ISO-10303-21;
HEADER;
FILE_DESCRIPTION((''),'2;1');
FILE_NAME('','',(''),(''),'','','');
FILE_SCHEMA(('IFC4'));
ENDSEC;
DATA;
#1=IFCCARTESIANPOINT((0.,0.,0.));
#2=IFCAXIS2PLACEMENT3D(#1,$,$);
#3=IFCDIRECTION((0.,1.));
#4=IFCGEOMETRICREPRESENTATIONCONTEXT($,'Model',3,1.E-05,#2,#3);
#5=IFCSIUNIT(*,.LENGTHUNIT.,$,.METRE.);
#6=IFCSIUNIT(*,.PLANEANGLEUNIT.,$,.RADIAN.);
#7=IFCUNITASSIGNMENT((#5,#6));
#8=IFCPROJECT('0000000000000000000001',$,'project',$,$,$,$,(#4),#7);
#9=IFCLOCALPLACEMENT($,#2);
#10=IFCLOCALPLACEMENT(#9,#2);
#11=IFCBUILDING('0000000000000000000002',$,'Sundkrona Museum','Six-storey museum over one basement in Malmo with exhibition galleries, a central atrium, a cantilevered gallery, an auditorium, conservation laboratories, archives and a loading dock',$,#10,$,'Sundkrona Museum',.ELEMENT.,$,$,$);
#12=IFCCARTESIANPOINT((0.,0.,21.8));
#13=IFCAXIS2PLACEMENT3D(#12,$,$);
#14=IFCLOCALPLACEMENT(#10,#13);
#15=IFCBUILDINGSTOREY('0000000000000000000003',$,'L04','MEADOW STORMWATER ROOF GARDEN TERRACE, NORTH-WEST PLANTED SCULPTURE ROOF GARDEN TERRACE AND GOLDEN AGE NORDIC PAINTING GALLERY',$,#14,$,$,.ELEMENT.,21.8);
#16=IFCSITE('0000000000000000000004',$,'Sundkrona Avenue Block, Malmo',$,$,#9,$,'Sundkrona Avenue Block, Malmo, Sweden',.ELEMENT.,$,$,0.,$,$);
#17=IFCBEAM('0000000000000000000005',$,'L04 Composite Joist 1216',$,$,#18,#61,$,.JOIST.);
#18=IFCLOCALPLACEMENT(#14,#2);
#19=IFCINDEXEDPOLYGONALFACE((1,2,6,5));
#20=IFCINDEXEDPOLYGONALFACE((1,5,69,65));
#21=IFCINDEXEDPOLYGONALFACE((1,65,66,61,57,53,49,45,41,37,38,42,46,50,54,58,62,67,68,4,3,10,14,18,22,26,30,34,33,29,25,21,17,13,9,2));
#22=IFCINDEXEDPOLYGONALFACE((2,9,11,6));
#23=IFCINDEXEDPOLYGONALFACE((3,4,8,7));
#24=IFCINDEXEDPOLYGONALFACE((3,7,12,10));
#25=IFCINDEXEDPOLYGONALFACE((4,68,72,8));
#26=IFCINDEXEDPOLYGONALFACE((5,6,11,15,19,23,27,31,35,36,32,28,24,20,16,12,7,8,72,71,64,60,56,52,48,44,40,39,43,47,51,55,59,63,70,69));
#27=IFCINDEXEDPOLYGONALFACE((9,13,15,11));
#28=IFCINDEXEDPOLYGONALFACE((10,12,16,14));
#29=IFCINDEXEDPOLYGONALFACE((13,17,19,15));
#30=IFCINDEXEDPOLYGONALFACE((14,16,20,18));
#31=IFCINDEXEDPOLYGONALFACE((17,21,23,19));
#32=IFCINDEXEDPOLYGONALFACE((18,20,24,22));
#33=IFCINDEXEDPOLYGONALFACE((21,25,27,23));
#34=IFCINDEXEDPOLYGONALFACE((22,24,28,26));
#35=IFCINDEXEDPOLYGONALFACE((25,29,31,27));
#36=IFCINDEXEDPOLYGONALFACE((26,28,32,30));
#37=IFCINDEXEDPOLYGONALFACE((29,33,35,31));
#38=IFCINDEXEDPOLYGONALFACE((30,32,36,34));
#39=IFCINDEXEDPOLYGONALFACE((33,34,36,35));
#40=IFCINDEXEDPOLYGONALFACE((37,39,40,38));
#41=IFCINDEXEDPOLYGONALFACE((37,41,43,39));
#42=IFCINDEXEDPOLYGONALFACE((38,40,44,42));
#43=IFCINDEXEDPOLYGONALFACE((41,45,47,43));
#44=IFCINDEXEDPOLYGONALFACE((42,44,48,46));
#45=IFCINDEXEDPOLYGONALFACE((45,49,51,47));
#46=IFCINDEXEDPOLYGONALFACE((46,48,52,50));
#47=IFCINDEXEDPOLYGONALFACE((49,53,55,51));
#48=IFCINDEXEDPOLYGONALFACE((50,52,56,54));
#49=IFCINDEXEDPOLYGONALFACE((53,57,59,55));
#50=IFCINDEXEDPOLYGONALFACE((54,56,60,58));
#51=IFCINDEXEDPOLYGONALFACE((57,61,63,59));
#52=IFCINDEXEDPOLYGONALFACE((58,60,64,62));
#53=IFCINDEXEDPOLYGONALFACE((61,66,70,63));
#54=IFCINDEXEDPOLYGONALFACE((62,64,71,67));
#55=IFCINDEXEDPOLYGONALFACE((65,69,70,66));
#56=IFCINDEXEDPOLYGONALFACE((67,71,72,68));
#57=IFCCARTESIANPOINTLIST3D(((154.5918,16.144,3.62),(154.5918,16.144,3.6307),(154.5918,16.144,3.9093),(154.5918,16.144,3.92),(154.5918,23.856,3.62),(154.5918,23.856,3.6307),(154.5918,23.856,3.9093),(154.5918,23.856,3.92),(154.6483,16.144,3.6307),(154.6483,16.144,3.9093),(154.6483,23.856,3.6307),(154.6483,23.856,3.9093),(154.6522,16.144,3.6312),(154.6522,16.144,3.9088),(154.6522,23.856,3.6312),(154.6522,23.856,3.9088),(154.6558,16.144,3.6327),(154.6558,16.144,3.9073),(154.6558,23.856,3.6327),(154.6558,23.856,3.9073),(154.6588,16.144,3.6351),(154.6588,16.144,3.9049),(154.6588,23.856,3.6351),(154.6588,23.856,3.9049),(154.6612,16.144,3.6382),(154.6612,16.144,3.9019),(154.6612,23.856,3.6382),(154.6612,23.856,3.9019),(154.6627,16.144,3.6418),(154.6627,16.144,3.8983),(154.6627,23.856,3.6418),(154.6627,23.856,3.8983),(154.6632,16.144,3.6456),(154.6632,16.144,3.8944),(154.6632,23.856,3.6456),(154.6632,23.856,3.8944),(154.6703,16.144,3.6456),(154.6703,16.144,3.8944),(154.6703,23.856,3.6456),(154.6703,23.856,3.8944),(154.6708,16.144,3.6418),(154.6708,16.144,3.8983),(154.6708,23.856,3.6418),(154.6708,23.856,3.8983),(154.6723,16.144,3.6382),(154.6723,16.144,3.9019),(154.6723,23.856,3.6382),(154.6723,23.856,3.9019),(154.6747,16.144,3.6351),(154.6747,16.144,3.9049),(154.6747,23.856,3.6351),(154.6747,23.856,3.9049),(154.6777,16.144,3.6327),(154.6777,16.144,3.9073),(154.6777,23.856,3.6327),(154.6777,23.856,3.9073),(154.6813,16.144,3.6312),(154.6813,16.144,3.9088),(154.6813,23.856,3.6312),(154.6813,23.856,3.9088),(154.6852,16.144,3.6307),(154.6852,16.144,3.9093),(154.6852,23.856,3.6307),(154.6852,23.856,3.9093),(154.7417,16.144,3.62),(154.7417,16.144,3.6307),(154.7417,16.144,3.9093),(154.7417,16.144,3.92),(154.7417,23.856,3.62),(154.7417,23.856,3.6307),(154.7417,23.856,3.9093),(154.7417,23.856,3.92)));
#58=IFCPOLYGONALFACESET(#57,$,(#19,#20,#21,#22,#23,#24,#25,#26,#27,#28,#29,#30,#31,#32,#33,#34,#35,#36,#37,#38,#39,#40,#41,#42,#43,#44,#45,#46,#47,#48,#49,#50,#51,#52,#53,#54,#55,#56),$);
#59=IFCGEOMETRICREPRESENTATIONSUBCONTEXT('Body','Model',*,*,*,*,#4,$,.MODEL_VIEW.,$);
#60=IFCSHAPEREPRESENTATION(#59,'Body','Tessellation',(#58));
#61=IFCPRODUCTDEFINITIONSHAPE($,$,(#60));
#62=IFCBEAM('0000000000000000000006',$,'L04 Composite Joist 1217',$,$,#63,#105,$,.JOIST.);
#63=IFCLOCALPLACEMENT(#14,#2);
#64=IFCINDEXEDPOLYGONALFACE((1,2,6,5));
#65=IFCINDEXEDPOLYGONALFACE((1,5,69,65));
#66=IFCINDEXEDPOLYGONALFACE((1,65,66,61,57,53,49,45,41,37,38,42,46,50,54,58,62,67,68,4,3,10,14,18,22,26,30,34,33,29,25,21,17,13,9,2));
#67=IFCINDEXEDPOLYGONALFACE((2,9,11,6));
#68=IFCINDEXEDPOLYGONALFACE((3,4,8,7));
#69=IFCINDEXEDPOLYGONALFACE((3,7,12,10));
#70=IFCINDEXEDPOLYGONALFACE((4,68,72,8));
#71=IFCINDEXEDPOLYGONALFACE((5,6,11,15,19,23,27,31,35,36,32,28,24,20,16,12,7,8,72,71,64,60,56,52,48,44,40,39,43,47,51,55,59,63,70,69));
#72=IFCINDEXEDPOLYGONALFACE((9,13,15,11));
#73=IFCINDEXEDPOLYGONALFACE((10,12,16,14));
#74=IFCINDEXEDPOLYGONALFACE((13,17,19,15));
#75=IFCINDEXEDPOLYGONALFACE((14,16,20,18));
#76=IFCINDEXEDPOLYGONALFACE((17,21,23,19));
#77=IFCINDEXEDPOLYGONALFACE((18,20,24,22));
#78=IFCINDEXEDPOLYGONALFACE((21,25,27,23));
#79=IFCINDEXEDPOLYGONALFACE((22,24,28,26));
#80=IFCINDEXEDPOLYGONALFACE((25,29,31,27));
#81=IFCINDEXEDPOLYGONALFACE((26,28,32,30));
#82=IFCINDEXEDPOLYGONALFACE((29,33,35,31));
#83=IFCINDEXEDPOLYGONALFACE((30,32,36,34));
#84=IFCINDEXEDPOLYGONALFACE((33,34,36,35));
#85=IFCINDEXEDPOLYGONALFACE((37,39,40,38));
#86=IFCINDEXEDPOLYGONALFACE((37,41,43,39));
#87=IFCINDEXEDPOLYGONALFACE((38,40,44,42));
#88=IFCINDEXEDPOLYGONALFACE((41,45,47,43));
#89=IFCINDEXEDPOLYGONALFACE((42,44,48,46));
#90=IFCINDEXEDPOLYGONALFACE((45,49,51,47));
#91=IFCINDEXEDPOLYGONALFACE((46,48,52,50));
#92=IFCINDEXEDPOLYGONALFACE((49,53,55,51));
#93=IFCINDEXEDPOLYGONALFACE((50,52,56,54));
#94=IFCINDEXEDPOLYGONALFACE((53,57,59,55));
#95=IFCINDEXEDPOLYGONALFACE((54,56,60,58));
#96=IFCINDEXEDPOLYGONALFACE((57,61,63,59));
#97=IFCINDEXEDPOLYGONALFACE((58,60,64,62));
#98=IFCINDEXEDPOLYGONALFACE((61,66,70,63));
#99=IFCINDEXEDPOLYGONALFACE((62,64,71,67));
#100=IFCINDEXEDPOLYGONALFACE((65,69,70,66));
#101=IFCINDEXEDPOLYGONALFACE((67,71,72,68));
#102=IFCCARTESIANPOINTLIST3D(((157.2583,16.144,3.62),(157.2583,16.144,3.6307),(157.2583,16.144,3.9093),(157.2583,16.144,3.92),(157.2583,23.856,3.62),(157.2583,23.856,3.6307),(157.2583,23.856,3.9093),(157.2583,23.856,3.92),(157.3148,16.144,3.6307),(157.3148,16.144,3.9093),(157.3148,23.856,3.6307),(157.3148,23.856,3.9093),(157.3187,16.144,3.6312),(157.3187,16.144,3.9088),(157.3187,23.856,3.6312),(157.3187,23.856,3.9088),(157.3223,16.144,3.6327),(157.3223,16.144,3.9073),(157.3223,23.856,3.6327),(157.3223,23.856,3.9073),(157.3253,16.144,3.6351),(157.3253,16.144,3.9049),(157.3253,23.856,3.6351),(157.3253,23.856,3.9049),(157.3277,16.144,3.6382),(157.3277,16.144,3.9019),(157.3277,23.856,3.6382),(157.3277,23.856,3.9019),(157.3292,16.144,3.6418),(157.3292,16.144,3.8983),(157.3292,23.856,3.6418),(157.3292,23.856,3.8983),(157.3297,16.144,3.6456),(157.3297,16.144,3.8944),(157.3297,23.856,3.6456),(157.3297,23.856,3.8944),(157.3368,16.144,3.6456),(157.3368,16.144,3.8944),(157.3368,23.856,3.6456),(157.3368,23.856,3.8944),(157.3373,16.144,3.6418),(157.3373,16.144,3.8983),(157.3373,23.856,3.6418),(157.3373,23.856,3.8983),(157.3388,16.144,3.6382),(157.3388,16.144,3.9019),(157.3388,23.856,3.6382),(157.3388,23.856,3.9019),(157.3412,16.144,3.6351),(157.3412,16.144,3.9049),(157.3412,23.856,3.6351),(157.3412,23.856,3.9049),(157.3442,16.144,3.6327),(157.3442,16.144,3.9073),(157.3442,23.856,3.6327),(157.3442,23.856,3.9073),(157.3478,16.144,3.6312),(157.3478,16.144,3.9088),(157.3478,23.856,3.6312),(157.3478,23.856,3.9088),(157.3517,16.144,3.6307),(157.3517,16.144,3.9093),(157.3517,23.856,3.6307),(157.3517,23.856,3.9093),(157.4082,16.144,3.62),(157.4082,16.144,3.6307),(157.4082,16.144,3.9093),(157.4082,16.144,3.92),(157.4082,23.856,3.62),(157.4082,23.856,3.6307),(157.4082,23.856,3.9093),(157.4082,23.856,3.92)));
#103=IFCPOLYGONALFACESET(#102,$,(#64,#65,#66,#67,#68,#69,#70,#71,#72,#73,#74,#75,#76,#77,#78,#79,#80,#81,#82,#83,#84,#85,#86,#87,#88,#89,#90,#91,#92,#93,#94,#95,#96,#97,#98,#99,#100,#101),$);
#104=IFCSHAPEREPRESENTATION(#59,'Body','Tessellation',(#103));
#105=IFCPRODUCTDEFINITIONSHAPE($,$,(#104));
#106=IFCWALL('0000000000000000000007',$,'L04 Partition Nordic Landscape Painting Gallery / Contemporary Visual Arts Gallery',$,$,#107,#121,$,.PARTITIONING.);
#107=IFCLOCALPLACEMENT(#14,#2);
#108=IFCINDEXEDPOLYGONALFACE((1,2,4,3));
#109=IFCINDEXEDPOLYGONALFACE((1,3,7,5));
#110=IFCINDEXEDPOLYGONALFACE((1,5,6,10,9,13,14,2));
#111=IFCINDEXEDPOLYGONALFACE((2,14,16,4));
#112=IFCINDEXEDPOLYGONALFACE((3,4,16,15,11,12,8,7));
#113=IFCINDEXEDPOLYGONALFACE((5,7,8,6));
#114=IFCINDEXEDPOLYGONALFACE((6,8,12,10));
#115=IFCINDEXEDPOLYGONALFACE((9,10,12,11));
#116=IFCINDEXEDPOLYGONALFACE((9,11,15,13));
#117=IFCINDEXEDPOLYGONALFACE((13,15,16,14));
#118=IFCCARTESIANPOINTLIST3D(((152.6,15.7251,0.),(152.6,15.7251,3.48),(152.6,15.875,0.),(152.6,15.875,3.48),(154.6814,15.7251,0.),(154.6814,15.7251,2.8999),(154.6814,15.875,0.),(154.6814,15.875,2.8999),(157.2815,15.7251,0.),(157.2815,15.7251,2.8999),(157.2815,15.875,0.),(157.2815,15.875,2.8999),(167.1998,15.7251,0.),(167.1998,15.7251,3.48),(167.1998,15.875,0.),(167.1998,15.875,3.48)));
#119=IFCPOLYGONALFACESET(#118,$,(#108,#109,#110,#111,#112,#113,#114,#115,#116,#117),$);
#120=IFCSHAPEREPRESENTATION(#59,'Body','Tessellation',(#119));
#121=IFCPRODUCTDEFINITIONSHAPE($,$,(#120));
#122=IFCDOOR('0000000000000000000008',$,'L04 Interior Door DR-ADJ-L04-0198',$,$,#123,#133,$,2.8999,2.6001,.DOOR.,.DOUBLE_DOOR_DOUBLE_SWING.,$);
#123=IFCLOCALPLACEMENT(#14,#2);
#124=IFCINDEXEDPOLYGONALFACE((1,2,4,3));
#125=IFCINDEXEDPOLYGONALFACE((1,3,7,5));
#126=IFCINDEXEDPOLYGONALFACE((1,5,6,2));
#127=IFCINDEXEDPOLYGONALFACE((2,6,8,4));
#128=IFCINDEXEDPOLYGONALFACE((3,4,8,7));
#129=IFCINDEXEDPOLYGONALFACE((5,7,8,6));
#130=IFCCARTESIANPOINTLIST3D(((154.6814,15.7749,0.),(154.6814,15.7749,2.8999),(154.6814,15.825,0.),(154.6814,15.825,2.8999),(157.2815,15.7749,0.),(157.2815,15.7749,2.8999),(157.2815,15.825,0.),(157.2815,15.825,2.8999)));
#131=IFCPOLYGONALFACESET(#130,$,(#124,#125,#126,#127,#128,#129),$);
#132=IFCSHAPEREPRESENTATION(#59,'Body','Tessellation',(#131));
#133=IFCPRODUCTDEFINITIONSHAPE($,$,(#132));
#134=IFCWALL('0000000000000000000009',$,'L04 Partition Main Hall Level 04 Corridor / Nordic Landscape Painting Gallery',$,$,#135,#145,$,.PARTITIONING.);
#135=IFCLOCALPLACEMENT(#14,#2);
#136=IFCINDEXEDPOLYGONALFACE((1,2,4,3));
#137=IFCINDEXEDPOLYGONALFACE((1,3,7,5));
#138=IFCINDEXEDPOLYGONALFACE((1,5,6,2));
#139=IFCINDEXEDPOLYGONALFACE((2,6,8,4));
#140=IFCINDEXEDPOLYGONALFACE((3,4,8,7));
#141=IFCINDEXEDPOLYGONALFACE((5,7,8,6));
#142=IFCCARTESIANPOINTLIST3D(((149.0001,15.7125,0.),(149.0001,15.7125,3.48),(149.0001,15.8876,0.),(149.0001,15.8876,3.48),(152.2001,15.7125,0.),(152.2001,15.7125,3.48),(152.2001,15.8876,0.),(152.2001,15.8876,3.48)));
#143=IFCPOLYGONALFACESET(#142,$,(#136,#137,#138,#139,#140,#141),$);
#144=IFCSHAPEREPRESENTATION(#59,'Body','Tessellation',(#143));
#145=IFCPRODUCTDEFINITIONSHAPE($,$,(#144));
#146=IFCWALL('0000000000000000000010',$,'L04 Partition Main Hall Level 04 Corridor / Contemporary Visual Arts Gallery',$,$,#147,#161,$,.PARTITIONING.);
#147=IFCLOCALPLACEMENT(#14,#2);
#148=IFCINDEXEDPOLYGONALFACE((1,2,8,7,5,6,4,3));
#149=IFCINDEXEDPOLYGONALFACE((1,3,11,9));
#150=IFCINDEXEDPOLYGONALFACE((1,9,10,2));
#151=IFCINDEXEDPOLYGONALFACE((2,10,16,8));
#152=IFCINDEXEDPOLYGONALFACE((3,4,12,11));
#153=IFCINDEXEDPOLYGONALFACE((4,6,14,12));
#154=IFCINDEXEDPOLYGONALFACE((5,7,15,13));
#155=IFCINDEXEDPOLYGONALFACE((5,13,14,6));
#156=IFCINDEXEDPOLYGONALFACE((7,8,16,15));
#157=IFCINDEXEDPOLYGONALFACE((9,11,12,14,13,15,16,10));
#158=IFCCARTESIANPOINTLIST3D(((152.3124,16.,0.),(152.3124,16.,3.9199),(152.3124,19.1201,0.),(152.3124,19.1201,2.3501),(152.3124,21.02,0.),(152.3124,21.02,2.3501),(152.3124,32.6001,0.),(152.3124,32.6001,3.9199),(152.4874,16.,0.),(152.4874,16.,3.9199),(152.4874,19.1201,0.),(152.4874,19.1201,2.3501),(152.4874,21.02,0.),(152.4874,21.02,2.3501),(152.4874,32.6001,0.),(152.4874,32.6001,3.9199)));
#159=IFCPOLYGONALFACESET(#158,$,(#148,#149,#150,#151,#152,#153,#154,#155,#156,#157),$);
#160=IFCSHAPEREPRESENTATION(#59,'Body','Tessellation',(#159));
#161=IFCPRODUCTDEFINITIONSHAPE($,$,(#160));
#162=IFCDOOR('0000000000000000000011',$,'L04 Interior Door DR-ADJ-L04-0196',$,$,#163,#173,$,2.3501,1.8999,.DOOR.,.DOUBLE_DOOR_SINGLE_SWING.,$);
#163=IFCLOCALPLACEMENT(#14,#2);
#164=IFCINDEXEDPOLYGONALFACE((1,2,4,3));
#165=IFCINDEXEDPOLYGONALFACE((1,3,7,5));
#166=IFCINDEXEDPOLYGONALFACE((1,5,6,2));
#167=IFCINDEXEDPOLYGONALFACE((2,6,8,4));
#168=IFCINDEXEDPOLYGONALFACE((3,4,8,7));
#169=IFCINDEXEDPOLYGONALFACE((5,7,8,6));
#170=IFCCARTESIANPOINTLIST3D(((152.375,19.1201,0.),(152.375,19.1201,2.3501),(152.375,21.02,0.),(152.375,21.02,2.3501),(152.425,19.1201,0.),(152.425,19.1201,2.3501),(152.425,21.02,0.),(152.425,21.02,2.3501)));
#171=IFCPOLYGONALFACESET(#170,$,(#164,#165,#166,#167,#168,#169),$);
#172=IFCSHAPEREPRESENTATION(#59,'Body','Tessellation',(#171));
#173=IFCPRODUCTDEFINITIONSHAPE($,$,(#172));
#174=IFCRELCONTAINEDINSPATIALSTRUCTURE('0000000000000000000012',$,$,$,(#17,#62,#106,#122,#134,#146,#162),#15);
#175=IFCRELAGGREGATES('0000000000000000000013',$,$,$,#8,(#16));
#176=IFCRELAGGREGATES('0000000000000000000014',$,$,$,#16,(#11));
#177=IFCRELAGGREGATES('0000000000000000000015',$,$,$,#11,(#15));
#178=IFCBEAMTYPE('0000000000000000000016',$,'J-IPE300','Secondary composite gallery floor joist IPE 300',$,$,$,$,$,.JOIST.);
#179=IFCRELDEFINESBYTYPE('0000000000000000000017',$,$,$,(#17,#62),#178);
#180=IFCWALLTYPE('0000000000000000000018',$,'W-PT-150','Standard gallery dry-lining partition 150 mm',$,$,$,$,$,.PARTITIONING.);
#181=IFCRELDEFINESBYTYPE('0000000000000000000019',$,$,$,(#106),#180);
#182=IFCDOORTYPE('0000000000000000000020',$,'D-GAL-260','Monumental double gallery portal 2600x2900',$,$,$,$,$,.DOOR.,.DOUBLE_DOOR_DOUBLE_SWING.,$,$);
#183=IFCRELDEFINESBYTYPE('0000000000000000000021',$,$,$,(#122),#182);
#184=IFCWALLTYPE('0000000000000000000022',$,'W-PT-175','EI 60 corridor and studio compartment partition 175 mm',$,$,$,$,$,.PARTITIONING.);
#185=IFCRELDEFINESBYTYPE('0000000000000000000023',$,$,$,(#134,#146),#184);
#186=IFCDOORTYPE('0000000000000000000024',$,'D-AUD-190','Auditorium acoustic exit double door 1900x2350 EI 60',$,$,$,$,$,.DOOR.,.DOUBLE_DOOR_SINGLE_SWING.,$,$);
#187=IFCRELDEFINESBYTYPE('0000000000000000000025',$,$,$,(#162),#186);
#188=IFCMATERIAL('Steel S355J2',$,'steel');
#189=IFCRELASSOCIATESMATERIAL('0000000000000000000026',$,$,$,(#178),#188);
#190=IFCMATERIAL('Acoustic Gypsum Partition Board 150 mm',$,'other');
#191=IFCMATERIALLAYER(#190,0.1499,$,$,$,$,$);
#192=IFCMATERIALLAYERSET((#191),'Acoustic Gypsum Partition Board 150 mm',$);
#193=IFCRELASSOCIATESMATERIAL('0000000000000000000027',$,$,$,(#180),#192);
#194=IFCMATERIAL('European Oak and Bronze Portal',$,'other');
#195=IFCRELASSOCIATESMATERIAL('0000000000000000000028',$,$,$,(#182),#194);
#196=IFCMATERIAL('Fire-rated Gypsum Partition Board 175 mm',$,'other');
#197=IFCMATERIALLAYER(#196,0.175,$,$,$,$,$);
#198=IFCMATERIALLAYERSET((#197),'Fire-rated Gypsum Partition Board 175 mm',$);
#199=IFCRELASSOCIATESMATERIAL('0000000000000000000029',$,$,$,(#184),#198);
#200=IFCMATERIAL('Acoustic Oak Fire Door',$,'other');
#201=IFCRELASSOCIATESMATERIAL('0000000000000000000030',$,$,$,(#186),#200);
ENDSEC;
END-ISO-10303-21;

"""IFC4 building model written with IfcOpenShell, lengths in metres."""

from ifc_helpers import new_model, si_unit, direction, frame, frame_2d, origin, origin_2d, place, context, subcontext, project, spatial, rectangle, i_section, extrude, material, layer, layer_set, material_profile, profile_set, type_object, element, fill, save


model = new_model("IFC4")

# Units and contexts
model_context = context("Model", 3, precision=1e-05, world=origin(), true_north=direction((0.0, 1.0)))
body_context = subcontext(model_context, "Body", "Model", "MODEL_VIEW")
ifc_project = project(units=[si_unit("LENGTHUNIT", "METRE"), si_unit("PLANEANGLEUNIT", "RADIAN")], contexts=[model_context])

# Site, building, storey
site_placement = place(None, origin())
site = spatial("IfcSite", under=ifc_project, at=site_placement, Name="Sundkrona Avenue Block, Malmo", LongName="Sundkrona Avenue Block, Malmo, Sweden", CompositionType="ELEMENT", RefElevation=0.0)
building_placement = place(site_placement, origin())
building = spatial("IfcBuilding", under=site, at=building_placement, Name="Sundkrona Museum", Description="Six-storey museum over one basement in Malmo with exhibition galleries, a central atrium, a cantilevered gallery, an auditorium, conservation laboratories, archives and a loading dock", LongName="Sundkrona Museum", CompositionType="ELEMENT")
storey_placement = place(building_placement, frame((0.0, 0.0, 21.8)))
storey = spatial("IfcBuildingStorey", under=building, at=storey_placement, Name="L04", Description="MEADOW STORMWATER ROOF GARDEN TERRACE, NORTH-WEST PLANTED SCULPTURE ROOF GARDEN TERRACE AND GOLDEN AGE NORDIC PAINTING GALLERY", CompositionType="ELEMENT", Elevation=21.8)

# Shared definitions
ifc_material_1 = material(Name="Steel S355J2", Category="steel")

# Beams
ifc_material_profile_1 = material_profile(ifc_material_1, i_section(OverallWidth=0.1499, OverallDepth=0.3, WebThickness=0.0071, FlangeThickness=0.0107, FilletRadius=0.0149, at=origin_2d()), Name="IPE 300")
ifc_profile_set_1 = profile_set([ifc_material_profile_1], Name="Steel S355J2")
beam_type_1 = type_object("IfcBeamType", Name="J-IPE300", Description="Secondary composite gallery floor joist IPE 300", PredefinedType="JOIST", material=ifc_profile_set_1)
for number, where, z_axis, x_axis, name in (
    (1, (154.6667, 16.144, 3.77), (0.0, 1.0, 0.0), (-1.0, 0.0, 0.0), "L04 Composite Joist 1216"),
    (2, (157.3333, 16.144, 3.77), (0.0, 1.0, 0.0), (-1.0, 0.0, 0.0), "L04 Composite Joist 1217"),
):
    element("IfcBeam", number, at=place(storey_placement, frame(where, z_axis=z_axis, x_axis=x_axis)), inside=storey, type_object=beam_type_1, Name=name, PredefinedType="JOIST", context=body_context, shape_type="SweptSolid", body=[
        extrude(i_section(OverallWidth=0.1499, OverallDepth=0.3, WebThickness=0.0071, FlangeThickness=0.0107, FilletRadius=0.0149, at=origin_2d()), origin(), (0.0, 0.0, 1.0), 7.7119),
    ])

# Wall, opening, door
ifc_material_2 = material(Name="Acoustic Gypsum Partition Board 150 mm", Category="other")
ifc_layer_1 = layer(ifc_material_2, 0.1499)
ifc_layer_set_1 = layer_set([ifc_layer_1], Name="Acoustic Gypsum Partition Board 150 mm")
wall_type_1 = type_object("IfcWallType", Name="W-PT-150", Description="Standard gallery dry-lining partition 150 mm", PredefinedType="PARTITIONING", material=ifc_layer_set_1)
wall_1_placement = place(storey_placement, frame((152.6001, 15.8, 0.0), z_axis=(0.0, 0.0, 1.0), x_axis=(1.0, 0.0, 0.0)))
wall_1 = element("IfcWall", 3, at=wall_1_placement, inside=storey, type_object=wall_type_1, Name="L04 Partition Nordic Landscape Painting Gallery / Contemporary Visual Arts Gallery", PredefinedType="PARTITIONING", context=body_context, shape_type="SweptSolid", body=[
    extrude(rectangle(XDim=14.5999, YDim=0.1499, at=frame_2d((7.2998, 0.0))), origin(), (0.0, 0.0, 1.0), 3.48),
])
opening_1_placement = place(wall_1_placement, frame((2.0813, 0.0, 0.0)))
opening_1 = element("IfcOpeningElement", 4, at=opening_1_placement, cuts=wall_1, PredefinedType="OPENING", context=body_context, shape_type="SweptSolid", body=[
    extrude(rectangle(XDim=2.6001, YDim=2.8999, at=frame_2d((1.3, 1.45))), frame((0.0, 0.085, 0.0), z_axis=(0.0, -1.0, 0.0), x_axis=(1.0, 0.0, 0.0)), (0.0, 0.0, 1.0), 0.1699),
])
ifc_material_3 = material(Name="European Oak and Bronze Portal", Category="other")
door_type_1 = type_object("IfcDoorType", Name="D-GAL-260", Description="Monumental double gallery portal 2600x2900", OperationType="DOUBLE_DOOR_DOUBLE_SWING", PredefinedType="DOOR", material=ifc_material_3)
door_1_placement = place(opening_1_placement, origin())
door_1 = element("IfcDoor", 5, at=door_1_placement, inside=storey, type_object=door_type_1, Name="L04 Interior Door DR-ADJ-L04-0198", OperationType="DOUBLE_DOOR_DOUBLE_SWING", OverallHeight=2.8999, OverallWidth=2.6001, PredefinedType="DOOR", context=body_context, shape_type="SweptSolid", body=[
    extrude(rectangle(XDim=2.6001, YDim=2.8999, at=frame_2d((1.3, 1.45))), frame((0.0, 0.0249, 0.0), z_axis=(0.0, -1.0, 0.0), x_axis=(1.0, 0.0, 0.0)), (0.0, 0.0, 1.0), 0.05),
])
fill(opening_1, door_1)

# Wall
ifc_material_4 = material(Name="Fire-rated Gypsum Partition Board 175 mm", Category="other")
ifc_layer_2 = layer(ifc_material_4, 0.175)
ifc_layer_set_2 = layer_set([ifc_layer_2], Name="Fire-rated Gypsum Partition Board 175 mm")
wall_type_2 = type_object("IfcWallType", Name="W-PT-175", Description="EI 60 corridor and studio compartment partition 175 mm", PredefinedType="PARTITIONING", material=ifc_layer_set_2)
wall_2_placement = place(storey_placement, frame((149.0, 15.8, 0.0), z_axis=(0.0, 0.0, 1.0), x_axis=(1.0, 0.0, 0.0)))
element("IfcWall", 6, at=wall_2_placement, inside=storey, type_object=wall_type_2, Name="L04 Partition Main Hall Level 04 Corridor / Nordic Landscape Painting Gallery", PredefinedType="PARTITIONING", context=body_context, shape_type="SweptSolid", body=[
    extrude(rectangle(XDim=3.2, YDim=0.175, at=frame_2d((1.6001, 0.0))), origin(), (0.0, 0.0, 1.0), 3.48),
])

# Wall, opening, door
wall_3_placement = place(storey_placement, frame((152.3999, 16.0, 0.0), z_axis=(0.0, 0.0, 1.0), x_axis=(0.0, 1.0, 0.0)))
wall_3 = element("IfcWall", 7, at=wall_3_placement, inside=storey, type_object=wall_type_2, Name="L04 Partition Main Hall Level 04 Corridor / Contemporary Visual Arts Gallery", PredefinedType="PARTITIONING", context=body_context, shape_type="SweptSolid", body=[
    extrude(rectangle(XDim=16.6001, YDim=0.175, at=frame_2d((8.3, 0.0))), origin(), (0.0, 0.0, 1.0), 3.9199),
])
opening_2_placement = place(wall_3_placement, frame((3.1201, 0.0, 0.0)))
opening_2 = element("IfcOpeningElement", 8, at=opening_2_placement, cuts=wall_3, PredefinedType="OPENING", context=body_context, shape_type="SweptSolid", body=[
    extrude(rectangle(XDim=1.8999, YDim=2.3501, at=frame_2d((0.95, 1.175))), frame((0.0, 0.0974, 0.0), z_axis=(0.0, -1.0, 0.0), x_axis=(1.0, 0.0, 0.0)), (0.0, 0.0, 1.0), 0.1951),
])
ifc_material_5 = material(Name="Acoustic Oak Fire Door", Category="other")
door_type_2 = type_object("IfcDoorType", Name="D-AUD-190", Description="Auditorium acoustic exit double door 1900x2350 EI 60", OperationType="DOUBLE_DOOR_SINGLE_SWING", PredefinedType="DOOR", material=ifc_material_5)
door_2_placement = place(opening_2_placement, origin())
door_2 = element("IfcDoor", 9, at=door_2_placement, inside=storey, type_object=door_type_2, Name="L04 Interior Door DR-ADJ-L04-0196", OperationType="DOUBLE_DOOR_SINGLE_SWING", OverallHeight=2.3501, OverallWidth=1.8999, PredefinedType="DOOR", context=body_context, shape_type="SweptSolid", body=[
    extrude(rectangle(XDim=1.8999, YDim=2.3501, at=frame_2d((0.95, 1.175))), frame((0.0, 0.0249, 0.0), z_axis=(0.0, -1.0, 0.0), x_axis=(1.0, 0.0, 0.0)), (0.0, 0.0, 1.0), 0.05),
])
fill(opening_2, door_2)

save(model, "model.ifc")
